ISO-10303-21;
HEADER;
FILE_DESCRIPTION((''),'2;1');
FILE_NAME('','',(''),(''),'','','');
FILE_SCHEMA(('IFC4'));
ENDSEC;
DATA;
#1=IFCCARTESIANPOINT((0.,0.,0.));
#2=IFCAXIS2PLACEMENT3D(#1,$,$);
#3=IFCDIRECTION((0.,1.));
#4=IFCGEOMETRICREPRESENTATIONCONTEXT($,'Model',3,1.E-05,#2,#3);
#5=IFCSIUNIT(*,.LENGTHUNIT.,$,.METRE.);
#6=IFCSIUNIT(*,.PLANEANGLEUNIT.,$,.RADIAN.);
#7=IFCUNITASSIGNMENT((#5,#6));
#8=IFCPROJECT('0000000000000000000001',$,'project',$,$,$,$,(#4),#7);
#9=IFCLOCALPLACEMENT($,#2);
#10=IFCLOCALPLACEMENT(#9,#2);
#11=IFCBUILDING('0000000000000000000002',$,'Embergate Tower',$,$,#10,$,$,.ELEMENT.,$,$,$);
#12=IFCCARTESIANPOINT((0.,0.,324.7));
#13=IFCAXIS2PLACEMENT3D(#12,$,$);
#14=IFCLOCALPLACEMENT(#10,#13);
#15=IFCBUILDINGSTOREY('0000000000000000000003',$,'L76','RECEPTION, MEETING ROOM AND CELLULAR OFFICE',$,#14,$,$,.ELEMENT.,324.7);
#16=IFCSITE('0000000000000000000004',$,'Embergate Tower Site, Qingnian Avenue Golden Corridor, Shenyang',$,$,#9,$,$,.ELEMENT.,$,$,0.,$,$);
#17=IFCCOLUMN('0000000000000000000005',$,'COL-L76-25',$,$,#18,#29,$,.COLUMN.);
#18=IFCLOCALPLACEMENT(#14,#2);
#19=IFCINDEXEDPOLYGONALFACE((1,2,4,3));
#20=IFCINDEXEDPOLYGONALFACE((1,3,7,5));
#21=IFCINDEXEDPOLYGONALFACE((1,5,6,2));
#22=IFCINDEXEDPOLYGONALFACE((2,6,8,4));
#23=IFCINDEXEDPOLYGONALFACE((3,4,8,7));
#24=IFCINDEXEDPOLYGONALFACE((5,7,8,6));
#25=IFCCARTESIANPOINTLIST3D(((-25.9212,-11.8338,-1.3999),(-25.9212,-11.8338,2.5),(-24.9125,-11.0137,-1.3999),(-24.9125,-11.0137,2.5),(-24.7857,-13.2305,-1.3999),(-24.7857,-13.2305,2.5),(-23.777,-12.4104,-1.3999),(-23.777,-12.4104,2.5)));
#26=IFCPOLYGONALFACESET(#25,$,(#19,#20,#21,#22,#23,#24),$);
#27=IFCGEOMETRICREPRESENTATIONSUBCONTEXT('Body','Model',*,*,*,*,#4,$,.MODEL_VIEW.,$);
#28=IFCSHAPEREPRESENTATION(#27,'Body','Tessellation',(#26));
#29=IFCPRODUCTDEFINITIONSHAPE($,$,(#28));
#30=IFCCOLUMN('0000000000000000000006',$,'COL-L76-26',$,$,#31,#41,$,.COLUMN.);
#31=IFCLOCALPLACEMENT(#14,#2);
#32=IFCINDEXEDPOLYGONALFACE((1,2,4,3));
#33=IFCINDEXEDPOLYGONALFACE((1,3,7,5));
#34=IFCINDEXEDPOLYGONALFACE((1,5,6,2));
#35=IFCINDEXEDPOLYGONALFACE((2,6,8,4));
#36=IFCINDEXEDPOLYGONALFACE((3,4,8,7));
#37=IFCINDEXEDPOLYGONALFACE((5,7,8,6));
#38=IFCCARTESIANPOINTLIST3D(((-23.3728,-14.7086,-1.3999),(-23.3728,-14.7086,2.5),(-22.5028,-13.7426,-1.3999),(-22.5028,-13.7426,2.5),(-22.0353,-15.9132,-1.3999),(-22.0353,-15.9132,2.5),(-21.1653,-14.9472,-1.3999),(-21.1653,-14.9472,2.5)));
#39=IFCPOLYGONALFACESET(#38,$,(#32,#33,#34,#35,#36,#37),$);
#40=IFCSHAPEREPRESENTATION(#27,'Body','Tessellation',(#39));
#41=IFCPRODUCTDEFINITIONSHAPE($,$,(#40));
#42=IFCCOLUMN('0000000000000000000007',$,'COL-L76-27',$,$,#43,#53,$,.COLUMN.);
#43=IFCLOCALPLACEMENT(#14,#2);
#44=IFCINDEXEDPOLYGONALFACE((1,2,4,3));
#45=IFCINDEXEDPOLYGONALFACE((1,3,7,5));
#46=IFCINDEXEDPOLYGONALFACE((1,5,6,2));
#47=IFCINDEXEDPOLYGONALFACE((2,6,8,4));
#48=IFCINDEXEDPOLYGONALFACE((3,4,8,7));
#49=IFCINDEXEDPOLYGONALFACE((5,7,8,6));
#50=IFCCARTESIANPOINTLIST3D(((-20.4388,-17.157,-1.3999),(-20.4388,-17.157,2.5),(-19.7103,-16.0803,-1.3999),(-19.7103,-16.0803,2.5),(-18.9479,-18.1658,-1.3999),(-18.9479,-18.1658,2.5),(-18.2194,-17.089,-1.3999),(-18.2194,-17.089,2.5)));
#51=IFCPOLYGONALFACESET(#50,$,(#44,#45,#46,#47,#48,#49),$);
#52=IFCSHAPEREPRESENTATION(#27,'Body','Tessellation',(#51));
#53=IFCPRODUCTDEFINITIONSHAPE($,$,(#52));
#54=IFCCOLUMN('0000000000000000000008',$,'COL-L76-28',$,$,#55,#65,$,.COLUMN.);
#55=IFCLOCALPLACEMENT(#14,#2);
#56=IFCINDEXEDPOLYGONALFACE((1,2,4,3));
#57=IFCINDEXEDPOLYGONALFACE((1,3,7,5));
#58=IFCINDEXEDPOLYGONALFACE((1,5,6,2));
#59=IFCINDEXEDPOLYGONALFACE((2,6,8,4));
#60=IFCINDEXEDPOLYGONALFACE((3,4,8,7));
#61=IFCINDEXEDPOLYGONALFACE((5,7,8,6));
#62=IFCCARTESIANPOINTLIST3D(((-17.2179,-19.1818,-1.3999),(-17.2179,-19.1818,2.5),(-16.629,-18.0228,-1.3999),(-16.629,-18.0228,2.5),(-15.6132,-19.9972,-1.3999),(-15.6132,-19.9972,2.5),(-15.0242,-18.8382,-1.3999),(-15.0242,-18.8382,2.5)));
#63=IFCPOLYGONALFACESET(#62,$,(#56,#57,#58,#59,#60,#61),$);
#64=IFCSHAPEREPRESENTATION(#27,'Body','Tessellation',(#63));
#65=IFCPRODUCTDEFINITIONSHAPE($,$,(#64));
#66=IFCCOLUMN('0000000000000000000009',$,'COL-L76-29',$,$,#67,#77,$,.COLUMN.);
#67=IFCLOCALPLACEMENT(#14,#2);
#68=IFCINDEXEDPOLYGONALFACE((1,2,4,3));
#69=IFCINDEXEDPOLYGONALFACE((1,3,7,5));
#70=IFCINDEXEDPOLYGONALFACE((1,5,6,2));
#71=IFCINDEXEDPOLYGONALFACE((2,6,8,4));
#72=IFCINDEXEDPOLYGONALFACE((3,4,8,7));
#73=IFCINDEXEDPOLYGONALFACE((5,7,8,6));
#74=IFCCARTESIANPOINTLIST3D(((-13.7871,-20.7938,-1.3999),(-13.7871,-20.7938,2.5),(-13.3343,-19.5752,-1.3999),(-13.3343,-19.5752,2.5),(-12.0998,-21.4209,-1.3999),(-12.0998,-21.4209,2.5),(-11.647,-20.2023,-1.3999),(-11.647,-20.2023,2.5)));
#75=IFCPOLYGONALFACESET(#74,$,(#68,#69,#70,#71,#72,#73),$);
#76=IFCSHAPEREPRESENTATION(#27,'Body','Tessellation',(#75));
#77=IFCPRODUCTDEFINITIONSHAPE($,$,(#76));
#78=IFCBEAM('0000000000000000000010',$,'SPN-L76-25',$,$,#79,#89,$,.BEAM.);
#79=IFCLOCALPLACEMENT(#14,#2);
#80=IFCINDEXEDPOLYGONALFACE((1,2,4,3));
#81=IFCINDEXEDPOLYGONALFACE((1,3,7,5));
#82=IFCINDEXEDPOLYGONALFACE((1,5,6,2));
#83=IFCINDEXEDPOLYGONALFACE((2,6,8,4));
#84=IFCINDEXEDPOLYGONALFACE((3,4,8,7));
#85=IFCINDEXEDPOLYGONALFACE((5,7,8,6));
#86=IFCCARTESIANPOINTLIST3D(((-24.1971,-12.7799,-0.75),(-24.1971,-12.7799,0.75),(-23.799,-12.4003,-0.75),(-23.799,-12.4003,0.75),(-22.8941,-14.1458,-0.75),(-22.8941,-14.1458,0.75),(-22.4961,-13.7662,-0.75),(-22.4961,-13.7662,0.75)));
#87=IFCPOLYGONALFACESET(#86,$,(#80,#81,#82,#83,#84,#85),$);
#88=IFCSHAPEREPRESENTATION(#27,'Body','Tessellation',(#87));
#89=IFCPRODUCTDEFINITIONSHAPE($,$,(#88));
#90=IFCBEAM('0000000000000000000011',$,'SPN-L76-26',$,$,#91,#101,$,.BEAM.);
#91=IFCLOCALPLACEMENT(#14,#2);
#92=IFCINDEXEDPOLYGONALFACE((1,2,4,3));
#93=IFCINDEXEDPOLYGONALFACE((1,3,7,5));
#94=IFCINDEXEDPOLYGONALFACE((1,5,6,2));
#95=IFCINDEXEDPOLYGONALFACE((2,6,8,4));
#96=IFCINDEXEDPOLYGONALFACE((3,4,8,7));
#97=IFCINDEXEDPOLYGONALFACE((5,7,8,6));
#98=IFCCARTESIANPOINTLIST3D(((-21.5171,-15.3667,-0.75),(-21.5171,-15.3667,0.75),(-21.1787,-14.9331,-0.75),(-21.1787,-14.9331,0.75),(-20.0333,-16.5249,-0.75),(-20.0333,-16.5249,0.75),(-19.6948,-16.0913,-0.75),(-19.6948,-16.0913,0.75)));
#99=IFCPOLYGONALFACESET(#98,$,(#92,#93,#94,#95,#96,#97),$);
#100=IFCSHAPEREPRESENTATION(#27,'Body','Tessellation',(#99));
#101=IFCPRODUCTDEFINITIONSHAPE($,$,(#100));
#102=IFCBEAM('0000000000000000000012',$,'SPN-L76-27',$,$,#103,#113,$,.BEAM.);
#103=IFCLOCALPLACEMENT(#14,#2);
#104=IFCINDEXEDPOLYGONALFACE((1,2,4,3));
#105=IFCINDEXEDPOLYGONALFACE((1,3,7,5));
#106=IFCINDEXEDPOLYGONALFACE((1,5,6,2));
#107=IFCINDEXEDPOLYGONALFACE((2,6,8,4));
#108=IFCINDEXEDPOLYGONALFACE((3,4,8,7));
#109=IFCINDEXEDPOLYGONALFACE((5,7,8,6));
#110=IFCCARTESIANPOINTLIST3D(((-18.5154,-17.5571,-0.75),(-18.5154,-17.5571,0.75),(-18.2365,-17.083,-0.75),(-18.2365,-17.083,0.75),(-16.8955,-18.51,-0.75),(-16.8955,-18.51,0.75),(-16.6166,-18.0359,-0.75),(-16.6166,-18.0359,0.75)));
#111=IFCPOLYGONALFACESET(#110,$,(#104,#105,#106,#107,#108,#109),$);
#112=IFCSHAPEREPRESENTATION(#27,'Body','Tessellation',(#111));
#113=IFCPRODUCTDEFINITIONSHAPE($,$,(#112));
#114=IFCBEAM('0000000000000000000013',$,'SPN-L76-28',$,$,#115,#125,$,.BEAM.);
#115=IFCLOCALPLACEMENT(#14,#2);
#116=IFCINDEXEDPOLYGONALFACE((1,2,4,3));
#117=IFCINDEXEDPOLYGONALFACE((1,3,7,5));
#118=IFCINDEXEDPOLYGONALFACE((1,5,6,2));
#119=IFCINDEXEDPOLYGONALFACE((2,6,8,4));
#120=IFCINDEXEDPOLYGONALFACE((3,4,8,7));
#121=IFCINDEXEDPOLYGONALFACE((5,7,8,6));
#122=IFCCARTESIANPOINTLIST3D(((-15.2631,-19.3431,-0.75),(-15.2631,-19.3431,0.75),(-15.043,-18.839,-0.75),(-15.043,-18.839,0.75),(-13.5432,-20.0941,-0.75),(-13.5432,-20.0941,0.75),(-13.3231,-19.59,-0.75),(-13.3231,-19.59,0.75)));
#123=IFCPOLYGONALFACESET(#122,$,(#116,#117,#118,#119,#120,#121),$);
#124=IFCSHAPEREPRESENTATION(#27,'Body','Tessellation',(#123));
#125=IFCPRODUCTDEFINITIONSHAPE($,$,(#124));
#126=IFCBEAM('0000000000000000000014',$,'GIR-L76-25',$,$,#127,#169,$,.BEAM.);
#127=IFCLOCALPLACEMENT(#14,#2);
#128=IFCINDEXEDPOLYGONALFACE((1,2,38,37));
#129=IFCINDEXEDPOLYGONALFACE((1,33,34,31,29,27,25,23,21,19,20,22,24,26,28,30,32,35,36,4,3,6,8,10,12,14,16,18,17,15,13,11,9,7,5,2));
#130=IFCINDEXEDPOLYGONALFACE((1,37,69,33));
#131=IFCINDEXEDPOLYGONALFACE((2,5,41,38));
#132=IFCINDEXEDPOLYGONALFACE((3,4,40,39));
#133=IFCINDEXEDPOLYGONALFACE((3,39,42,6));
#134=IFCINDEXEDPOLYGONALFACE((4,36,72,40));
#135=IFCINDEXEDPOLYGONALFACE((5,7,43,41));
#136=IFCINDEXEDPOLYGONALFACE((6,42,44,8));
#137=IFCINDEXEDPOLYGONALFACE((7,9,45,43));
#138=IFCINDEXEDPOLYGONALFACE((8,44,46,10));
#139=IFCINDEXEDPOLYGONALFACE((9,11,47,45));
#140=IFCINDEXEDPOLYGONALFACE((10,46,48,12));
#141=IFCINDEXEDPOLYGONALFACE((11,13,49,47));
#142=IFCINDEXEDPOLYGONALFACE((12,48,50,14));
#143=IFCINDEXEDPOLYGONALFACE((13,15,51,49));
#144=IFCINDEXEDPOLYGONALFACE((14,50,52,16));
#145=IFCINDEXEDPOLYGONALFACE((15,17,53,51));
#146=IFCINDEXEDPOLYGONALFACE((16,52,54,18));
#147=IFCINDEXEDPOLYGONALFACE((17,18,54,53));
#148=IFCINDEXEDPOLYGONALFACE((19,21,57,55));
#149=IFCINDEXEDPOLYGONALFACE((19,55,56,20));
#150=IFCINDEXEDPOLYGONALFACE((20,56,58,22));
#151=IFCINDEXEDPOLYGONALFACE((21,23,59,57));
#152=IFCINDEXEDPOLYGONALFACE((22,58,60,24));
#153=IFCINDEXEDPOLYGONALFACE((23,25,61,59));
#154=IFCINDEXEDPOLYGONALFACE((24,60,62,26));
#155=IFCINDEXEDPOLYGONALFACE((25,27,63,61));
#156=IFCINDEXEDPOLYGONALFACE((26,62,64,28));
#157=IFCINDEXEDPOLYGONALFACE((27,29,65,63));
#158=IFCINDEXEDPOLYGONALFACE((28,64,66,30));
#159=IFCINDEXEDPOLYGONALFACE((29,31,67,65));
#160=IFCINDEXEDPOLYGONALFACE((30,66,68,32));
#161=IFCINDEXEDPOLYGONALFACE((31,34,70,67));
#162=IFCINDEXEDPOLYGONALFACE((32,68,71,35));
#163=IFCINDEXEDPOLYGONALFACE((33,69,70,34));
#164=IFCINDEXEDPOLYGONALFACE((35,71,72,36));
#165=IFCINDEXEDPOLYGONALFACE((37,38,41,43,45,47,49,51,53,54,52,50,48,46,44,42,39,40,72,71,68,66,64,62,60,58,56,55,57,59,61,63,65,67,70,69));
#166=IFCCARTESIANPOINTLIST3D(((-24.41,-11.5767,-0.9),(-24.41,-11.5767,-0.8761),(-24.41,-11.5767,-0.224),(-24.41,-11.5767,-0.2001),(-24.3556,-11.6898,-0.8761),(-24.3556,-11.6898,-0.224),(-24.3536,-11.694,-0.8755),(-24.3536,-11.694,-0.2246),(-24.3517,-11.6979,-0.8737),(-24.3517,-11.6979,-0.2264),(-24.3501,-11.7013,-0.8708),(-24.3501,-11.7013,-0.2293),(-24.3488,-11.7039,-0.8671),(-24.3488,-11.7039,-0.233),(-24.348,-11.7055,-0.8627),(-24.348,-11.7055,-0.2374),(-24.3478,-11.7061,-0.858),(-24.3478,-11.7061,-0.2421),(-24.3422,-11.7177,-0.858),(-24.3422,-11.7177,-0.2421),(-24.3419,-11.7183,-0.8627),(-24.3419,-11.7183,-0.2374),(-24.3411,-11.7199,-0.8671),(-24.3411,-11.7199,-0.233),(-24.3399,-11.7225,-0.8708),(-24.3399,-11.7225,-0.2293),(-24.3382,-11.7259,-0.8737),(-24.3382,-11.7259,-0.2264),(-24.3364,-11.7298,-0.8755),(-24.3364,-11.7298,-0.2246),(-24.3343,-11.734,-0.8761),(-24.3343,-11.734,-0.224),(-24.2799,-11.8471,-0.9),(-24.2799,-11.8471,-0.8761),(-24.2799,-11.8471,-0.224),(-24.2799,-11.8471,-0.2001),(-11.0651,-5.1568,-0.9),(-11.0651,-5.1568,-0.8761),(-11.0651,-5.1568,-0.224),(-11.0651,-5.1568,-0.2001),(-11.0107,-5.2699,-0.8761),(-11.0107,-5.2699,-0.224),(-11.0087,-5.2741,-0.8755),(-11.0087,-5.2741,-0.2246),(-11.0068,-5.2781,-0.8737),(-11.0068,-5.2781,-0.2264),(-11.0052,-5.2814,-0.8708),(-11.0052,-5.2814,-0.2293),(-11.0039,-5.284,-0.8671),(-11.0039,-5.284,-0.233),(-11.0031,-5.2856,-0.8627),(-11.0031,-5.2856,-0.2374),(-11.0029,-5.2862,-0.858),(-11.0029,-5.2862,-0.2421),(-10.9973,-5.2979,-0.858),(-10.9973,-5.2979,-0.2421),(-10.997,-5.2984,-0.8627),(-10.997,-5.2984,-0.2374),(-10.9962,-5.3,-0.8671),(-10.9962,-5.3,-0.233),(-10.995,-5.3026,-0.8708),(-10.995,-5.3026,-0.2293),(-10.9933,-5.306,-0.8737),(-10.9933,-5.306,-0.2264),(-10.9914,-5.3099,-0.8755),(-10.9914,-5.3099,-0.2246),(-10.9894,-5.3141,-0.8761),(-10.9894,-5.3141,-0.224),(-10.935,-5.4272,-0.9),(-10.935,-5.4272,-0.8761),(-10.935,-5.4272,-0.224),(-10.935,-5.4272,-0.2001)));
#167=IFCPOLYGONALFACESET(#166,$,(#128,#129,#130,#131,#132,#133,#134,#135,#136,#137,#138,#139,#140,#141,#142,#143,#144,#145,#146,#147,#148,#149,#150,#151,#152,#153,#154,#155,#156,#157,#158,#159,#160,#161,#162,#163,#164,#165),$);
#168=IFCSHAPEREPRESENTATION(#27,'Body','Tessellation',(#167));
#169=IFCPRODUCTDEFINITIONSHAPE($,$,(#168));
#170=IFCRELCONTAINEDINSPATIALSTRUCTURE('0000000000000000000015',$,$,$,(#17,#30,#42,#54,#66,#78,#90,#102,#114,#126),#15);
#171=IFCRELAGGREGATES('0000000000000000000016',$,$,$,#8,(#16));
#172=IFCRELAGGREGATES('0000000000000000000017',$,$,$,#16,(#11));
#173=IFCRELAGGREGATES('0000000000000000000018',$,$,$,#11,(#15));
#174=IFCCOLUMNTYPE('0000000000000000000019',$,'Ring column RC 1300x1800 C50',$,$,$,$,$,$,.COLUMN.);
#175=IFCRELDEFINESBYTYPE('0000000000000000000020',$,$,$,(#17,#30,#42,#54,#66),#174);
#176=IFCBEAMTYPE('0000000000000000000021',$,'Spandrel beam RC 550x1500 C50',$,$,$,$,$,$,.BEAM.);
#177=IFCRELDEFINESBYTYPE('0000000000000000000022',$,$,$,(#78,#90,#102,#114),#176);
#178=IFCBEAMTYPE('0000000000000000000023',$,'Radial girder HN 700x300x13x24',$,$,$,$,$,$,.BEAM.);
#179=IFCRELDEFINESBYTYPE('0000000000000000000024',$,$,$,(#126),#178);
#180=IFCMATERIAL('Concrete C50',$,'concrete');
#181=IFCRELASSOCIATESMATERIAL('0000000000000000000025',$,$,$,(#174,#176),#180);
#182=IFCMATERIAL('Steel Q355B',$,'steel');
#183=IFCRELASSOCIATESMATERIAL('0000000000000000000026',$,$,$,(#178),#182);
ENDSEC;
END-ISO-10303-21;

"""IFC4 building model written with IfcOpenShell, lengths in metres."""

from ifc_helpers import new_model, si_unit, direction, frame, origin, origin_2d, place, context, subcontext, project, spatial, rectangle, i_section, extrude, source, transform, mapped, material, material_profile, profile_set, type_object, element, save


model = new_model("IFC4")

# Units and contexts
model_context = context("Model", 3, precision=1e-05, world=origin(), true_north=direction((0.0, 1.0)))
body_context = subcontext(model_context, "Body", "Model", "MODEL_VIEW")
ifc_project = project(units=[si_unit("LENGTHUNIT", "METRE"), si_unit("PLANEANGLEUNIT", "RADIAN")], contexts=[model_context])

# Site, building, storey
site_placement = place(None, origin())
site = spatial("IfcSite", under=ifc_project, at=site_placement, Name="Embergate Tower Site, Qingnian Avenue Golden Corridor, Shenyang", CompositionType="ELEMENT", RefElevation=0.0)
building_placement = place(site_placement, origin())
building = spatial("IfcBuilding", under=site, at=building_placement, Name="Embergate Tower", CompositionType="ELEMENT")
storey_placement = place(building_placement, frame((0.0, 0.0, 324.7)))
storey = spatial("IfcBuildingStorey", under=building, at=storey_placement, Name="L76", Description="RECEPTION, MEETING ROOM AND CELLULAR OFFICE", CompositionType="ELEMENT", Elevation=324.7)

# Columns
ifc_material_1 = material(Name="Concrete C50", Category="concrete")
ifc_material_profile_1 = material_profile(ifc_material_1, rectangle(XDim=1.3, YDim=1.8, at=origin_2d()), Name="RC 1300x1800")
ifc_profile_set_1 = profile_set([ifc_material_profile_1], Name="Concrete C50")
column_type = type_object("IfcColumnType", Name="Ring column RC 1300x1800 C50", PredefinedType="COLUMN", material=ifc_profile_set_1)
shared_shape_1 = source(origin(), body_context, "Body", "SweptSolid", [
    extrude(rectangle(XDim=1.3, YDim=1.8, at=origin_2d()), origin(), (0.0, 0.0, 1.0), 3.8999),
])
for number, where, z_axis, x_axis, name in (
    (1, (-24.8491, -12.1221, -1.3999), (0.0, 0.0, 1.0), (-0.775925, -0.630825, 0.0), "COL-L76-25"),
    (2, (-22.269, -14.8279, -1.3999), (0.0, 0.0, 1.0), (-0.669221, -0.743063, 0.0), "COL-L76-26"),
    (3, (-19.3291, -17.123, -1.3999), (0.0, 0.0, 1.0), (-0.560393, -0.828227, 0.0), "COL-L76-27"),
    (4, (-16.1211, -19.01, -1.3999), (0.0, 0.0, 1.0), (-0.453011, -0.891505, 0.0), "COL-L76-28"),
    (5, (-12.717, -20.498, -1.3999), (0.0, 0.0, 1.0), (-0.348343, -0.937367, 0.0), "COL-L76-29"),
):
    element("IfcColumn", number, at=place(storey_placement, frame(where, z_axis=z_axis, x_axis=x_axis)), inside=storey, type_object=column_type, Name=name, PredefinedType="COLUMN", context=body_context, shape_type="MappedRepresentation", body=[
        mapped(shared_shape_1, transform((0.0, 0.0, 0.0))),
    ])

# Beams
ifc_material_profile_2 = material_profile(ifc_material_1, rectangle(XDim=0.55, YDim=1.5, at=origin_2d()), Name="RC 550x1500")
ifc_profile_set_2 = profile_set([ifc_material_profile_2], Name="Concrete C50")
beam_type_1 = type_object("IfcBeamType", Name="Spandrel beam RC 550x1500 C50", PredefinedType="BEAM", material=ifc_profile_set_2)
shared_shape_2 = source(origin(), body_context, "Body", "SweptSolid", [
    extrude(rectangle(XDim=0.55, YDim=1.5, at=origin_2d()), origin(), (0.0, 0.0, 1.0), 1.8877),
])
beam_1_placement = place(storey_placement, frame((-23.998, -12.5901, 0.0), z_axis=(0.690227, -0.723593, 0.0), x_axis=(0.723593, 0.690227, 0.0)))
element("IfcBeam", 6, at=beam_1_placement, inside=storey, type_object=beam_type_1, Name="SPN-L76-25", PredefinedType="BEAM", context=body_context, shape_type="MappedRepresentation", body=[
    mapped(shared_shape_2, transform((0.0, 0.0, 0.0))),
])
shared_shape_3 = source(origin(), body_context, "Body", "SweptSolid", [
    extrude(rectangle(XDim=0.55, YDim=1.5, at=origin_2d()), origin(), (0.0, 0.0, 1.0), 1.8823),
])
beam_2_placement = place(storey_placement, frame((-21.3479, -15.1499, 0.0), z_axis=(0.788304, -0.615287, 0.0), x_axis=(0.615287, 0.788304, 0.0)))
element("IfcBeam", 7, at=beam_2_placement, inside=storey, type_object=beam_type_1, Name="SPN-L76-26", PredefinedType="BEAM", context=body_context, shape_type="MappedRepresentation", body=[
    mapped(shared_shape_3, transform((0.0, 0.0, 0.0))),
])
shared_shape_4 = source(origin(), body_context, "Body", "SweptSolid", [
    extrude(rectangle(XDim=0.55, YDim=1.5, at=origin_2d()), origin(), (0.0, 0.0, 1.0), 1.8794),
])
beam_3_placement = place(storey_placement, frame((-18.376, -17.3201, 0.0), z_axis=(0.861931, -0.507026, 0.0), x_axis=(0.507026, 0.861931, 0.0)))
element("IfcBeam", 8, at=beam_3_placement, inside=storey, type_object=beam_type_1, Name="SPN-L76-27", PredefinedType="BEAM", context=body_context, shape_type="MappedRepresentation", body=[
    mapped(shared_shape_4, transform((0.0, 0.0, 0.0))),
])
shared_shape_5 = source(origin(), body_context, "Body", "SweptSolid", [
    extrude(rectangle(XDim=0.55, YDim=1.5, at=origin_2d()), origin(), (0.0, 0.0, 1.0), 1.8767),
])
beam_4_placement = place(storey_placement, frame((-15.1531, -19.0911, 0.0), z_axis=(0.916453, -0.400143, 0.0), x_axis=(0.400143, 0.916453, 0.0)))
element("IfcBeam", 9, at=beam_4_placement, inside=storey, type_object=beam_type_1, Name="SPN-L76-28", PredefinedType="BEAM", context=body_context, shape_type="MappedRepresentation", body=[
    mapped(shared_shape_5, transform((0.0, 0.0, 0.0))),
])
ifc_material_2 = material(Name="Steel Q355B", Category="steel")
ifc_material_profile_3 = material_profile(ifc_material_2, i_section(OverallWidth=0.3, OverallDepth=0.7, WebThickness=0.0129, FlangeThickness=0.0239, FilletRadius=0.0181, at=origin_2d()), Name="HN 700x300x13x24")
ifc_profile_set_3 = profile_set([ifc_material_profile_3], Name="Steel Q355 grade B")
beam_type_2 = type_object("IfcBeamType", Name="Radial girder HN 700x300x13x24", PredefinedType="BEAM", material=ifc_profile_set_3)
shared_shape_6 = source(origin(), body_context, "Body", "SweptSolid", [
    extrude(i_section(OverallWidth=0.3, OverallDepth=0.7, WebThickness=0.0129, FlangeThickness=0.0239, FilletRadius=0.0181, at=origin_2d()), origin(), (0.0, 0.0, 1.0), 14.8088),
])
beam_5_placement = place(storey_placement, frame((-24.345, -11.7119, -0.55), z_axis=(0.901145, 0.433518, 0.0), x_axis=(-0.433518, 0.901145, 0.0)))
element("IfcBeam", 10, at=beam_5_placement, inside=storey, type_object=beam_type_2, Name="GIR-L76-25", PredefinedType="BEAM", context=body_context, shape_type="MappedRepresentation", body=[
    mapped(shared_shape_6, transform((0.0, 0.0, 0.0))),
])

save(model, "model.ifc")
